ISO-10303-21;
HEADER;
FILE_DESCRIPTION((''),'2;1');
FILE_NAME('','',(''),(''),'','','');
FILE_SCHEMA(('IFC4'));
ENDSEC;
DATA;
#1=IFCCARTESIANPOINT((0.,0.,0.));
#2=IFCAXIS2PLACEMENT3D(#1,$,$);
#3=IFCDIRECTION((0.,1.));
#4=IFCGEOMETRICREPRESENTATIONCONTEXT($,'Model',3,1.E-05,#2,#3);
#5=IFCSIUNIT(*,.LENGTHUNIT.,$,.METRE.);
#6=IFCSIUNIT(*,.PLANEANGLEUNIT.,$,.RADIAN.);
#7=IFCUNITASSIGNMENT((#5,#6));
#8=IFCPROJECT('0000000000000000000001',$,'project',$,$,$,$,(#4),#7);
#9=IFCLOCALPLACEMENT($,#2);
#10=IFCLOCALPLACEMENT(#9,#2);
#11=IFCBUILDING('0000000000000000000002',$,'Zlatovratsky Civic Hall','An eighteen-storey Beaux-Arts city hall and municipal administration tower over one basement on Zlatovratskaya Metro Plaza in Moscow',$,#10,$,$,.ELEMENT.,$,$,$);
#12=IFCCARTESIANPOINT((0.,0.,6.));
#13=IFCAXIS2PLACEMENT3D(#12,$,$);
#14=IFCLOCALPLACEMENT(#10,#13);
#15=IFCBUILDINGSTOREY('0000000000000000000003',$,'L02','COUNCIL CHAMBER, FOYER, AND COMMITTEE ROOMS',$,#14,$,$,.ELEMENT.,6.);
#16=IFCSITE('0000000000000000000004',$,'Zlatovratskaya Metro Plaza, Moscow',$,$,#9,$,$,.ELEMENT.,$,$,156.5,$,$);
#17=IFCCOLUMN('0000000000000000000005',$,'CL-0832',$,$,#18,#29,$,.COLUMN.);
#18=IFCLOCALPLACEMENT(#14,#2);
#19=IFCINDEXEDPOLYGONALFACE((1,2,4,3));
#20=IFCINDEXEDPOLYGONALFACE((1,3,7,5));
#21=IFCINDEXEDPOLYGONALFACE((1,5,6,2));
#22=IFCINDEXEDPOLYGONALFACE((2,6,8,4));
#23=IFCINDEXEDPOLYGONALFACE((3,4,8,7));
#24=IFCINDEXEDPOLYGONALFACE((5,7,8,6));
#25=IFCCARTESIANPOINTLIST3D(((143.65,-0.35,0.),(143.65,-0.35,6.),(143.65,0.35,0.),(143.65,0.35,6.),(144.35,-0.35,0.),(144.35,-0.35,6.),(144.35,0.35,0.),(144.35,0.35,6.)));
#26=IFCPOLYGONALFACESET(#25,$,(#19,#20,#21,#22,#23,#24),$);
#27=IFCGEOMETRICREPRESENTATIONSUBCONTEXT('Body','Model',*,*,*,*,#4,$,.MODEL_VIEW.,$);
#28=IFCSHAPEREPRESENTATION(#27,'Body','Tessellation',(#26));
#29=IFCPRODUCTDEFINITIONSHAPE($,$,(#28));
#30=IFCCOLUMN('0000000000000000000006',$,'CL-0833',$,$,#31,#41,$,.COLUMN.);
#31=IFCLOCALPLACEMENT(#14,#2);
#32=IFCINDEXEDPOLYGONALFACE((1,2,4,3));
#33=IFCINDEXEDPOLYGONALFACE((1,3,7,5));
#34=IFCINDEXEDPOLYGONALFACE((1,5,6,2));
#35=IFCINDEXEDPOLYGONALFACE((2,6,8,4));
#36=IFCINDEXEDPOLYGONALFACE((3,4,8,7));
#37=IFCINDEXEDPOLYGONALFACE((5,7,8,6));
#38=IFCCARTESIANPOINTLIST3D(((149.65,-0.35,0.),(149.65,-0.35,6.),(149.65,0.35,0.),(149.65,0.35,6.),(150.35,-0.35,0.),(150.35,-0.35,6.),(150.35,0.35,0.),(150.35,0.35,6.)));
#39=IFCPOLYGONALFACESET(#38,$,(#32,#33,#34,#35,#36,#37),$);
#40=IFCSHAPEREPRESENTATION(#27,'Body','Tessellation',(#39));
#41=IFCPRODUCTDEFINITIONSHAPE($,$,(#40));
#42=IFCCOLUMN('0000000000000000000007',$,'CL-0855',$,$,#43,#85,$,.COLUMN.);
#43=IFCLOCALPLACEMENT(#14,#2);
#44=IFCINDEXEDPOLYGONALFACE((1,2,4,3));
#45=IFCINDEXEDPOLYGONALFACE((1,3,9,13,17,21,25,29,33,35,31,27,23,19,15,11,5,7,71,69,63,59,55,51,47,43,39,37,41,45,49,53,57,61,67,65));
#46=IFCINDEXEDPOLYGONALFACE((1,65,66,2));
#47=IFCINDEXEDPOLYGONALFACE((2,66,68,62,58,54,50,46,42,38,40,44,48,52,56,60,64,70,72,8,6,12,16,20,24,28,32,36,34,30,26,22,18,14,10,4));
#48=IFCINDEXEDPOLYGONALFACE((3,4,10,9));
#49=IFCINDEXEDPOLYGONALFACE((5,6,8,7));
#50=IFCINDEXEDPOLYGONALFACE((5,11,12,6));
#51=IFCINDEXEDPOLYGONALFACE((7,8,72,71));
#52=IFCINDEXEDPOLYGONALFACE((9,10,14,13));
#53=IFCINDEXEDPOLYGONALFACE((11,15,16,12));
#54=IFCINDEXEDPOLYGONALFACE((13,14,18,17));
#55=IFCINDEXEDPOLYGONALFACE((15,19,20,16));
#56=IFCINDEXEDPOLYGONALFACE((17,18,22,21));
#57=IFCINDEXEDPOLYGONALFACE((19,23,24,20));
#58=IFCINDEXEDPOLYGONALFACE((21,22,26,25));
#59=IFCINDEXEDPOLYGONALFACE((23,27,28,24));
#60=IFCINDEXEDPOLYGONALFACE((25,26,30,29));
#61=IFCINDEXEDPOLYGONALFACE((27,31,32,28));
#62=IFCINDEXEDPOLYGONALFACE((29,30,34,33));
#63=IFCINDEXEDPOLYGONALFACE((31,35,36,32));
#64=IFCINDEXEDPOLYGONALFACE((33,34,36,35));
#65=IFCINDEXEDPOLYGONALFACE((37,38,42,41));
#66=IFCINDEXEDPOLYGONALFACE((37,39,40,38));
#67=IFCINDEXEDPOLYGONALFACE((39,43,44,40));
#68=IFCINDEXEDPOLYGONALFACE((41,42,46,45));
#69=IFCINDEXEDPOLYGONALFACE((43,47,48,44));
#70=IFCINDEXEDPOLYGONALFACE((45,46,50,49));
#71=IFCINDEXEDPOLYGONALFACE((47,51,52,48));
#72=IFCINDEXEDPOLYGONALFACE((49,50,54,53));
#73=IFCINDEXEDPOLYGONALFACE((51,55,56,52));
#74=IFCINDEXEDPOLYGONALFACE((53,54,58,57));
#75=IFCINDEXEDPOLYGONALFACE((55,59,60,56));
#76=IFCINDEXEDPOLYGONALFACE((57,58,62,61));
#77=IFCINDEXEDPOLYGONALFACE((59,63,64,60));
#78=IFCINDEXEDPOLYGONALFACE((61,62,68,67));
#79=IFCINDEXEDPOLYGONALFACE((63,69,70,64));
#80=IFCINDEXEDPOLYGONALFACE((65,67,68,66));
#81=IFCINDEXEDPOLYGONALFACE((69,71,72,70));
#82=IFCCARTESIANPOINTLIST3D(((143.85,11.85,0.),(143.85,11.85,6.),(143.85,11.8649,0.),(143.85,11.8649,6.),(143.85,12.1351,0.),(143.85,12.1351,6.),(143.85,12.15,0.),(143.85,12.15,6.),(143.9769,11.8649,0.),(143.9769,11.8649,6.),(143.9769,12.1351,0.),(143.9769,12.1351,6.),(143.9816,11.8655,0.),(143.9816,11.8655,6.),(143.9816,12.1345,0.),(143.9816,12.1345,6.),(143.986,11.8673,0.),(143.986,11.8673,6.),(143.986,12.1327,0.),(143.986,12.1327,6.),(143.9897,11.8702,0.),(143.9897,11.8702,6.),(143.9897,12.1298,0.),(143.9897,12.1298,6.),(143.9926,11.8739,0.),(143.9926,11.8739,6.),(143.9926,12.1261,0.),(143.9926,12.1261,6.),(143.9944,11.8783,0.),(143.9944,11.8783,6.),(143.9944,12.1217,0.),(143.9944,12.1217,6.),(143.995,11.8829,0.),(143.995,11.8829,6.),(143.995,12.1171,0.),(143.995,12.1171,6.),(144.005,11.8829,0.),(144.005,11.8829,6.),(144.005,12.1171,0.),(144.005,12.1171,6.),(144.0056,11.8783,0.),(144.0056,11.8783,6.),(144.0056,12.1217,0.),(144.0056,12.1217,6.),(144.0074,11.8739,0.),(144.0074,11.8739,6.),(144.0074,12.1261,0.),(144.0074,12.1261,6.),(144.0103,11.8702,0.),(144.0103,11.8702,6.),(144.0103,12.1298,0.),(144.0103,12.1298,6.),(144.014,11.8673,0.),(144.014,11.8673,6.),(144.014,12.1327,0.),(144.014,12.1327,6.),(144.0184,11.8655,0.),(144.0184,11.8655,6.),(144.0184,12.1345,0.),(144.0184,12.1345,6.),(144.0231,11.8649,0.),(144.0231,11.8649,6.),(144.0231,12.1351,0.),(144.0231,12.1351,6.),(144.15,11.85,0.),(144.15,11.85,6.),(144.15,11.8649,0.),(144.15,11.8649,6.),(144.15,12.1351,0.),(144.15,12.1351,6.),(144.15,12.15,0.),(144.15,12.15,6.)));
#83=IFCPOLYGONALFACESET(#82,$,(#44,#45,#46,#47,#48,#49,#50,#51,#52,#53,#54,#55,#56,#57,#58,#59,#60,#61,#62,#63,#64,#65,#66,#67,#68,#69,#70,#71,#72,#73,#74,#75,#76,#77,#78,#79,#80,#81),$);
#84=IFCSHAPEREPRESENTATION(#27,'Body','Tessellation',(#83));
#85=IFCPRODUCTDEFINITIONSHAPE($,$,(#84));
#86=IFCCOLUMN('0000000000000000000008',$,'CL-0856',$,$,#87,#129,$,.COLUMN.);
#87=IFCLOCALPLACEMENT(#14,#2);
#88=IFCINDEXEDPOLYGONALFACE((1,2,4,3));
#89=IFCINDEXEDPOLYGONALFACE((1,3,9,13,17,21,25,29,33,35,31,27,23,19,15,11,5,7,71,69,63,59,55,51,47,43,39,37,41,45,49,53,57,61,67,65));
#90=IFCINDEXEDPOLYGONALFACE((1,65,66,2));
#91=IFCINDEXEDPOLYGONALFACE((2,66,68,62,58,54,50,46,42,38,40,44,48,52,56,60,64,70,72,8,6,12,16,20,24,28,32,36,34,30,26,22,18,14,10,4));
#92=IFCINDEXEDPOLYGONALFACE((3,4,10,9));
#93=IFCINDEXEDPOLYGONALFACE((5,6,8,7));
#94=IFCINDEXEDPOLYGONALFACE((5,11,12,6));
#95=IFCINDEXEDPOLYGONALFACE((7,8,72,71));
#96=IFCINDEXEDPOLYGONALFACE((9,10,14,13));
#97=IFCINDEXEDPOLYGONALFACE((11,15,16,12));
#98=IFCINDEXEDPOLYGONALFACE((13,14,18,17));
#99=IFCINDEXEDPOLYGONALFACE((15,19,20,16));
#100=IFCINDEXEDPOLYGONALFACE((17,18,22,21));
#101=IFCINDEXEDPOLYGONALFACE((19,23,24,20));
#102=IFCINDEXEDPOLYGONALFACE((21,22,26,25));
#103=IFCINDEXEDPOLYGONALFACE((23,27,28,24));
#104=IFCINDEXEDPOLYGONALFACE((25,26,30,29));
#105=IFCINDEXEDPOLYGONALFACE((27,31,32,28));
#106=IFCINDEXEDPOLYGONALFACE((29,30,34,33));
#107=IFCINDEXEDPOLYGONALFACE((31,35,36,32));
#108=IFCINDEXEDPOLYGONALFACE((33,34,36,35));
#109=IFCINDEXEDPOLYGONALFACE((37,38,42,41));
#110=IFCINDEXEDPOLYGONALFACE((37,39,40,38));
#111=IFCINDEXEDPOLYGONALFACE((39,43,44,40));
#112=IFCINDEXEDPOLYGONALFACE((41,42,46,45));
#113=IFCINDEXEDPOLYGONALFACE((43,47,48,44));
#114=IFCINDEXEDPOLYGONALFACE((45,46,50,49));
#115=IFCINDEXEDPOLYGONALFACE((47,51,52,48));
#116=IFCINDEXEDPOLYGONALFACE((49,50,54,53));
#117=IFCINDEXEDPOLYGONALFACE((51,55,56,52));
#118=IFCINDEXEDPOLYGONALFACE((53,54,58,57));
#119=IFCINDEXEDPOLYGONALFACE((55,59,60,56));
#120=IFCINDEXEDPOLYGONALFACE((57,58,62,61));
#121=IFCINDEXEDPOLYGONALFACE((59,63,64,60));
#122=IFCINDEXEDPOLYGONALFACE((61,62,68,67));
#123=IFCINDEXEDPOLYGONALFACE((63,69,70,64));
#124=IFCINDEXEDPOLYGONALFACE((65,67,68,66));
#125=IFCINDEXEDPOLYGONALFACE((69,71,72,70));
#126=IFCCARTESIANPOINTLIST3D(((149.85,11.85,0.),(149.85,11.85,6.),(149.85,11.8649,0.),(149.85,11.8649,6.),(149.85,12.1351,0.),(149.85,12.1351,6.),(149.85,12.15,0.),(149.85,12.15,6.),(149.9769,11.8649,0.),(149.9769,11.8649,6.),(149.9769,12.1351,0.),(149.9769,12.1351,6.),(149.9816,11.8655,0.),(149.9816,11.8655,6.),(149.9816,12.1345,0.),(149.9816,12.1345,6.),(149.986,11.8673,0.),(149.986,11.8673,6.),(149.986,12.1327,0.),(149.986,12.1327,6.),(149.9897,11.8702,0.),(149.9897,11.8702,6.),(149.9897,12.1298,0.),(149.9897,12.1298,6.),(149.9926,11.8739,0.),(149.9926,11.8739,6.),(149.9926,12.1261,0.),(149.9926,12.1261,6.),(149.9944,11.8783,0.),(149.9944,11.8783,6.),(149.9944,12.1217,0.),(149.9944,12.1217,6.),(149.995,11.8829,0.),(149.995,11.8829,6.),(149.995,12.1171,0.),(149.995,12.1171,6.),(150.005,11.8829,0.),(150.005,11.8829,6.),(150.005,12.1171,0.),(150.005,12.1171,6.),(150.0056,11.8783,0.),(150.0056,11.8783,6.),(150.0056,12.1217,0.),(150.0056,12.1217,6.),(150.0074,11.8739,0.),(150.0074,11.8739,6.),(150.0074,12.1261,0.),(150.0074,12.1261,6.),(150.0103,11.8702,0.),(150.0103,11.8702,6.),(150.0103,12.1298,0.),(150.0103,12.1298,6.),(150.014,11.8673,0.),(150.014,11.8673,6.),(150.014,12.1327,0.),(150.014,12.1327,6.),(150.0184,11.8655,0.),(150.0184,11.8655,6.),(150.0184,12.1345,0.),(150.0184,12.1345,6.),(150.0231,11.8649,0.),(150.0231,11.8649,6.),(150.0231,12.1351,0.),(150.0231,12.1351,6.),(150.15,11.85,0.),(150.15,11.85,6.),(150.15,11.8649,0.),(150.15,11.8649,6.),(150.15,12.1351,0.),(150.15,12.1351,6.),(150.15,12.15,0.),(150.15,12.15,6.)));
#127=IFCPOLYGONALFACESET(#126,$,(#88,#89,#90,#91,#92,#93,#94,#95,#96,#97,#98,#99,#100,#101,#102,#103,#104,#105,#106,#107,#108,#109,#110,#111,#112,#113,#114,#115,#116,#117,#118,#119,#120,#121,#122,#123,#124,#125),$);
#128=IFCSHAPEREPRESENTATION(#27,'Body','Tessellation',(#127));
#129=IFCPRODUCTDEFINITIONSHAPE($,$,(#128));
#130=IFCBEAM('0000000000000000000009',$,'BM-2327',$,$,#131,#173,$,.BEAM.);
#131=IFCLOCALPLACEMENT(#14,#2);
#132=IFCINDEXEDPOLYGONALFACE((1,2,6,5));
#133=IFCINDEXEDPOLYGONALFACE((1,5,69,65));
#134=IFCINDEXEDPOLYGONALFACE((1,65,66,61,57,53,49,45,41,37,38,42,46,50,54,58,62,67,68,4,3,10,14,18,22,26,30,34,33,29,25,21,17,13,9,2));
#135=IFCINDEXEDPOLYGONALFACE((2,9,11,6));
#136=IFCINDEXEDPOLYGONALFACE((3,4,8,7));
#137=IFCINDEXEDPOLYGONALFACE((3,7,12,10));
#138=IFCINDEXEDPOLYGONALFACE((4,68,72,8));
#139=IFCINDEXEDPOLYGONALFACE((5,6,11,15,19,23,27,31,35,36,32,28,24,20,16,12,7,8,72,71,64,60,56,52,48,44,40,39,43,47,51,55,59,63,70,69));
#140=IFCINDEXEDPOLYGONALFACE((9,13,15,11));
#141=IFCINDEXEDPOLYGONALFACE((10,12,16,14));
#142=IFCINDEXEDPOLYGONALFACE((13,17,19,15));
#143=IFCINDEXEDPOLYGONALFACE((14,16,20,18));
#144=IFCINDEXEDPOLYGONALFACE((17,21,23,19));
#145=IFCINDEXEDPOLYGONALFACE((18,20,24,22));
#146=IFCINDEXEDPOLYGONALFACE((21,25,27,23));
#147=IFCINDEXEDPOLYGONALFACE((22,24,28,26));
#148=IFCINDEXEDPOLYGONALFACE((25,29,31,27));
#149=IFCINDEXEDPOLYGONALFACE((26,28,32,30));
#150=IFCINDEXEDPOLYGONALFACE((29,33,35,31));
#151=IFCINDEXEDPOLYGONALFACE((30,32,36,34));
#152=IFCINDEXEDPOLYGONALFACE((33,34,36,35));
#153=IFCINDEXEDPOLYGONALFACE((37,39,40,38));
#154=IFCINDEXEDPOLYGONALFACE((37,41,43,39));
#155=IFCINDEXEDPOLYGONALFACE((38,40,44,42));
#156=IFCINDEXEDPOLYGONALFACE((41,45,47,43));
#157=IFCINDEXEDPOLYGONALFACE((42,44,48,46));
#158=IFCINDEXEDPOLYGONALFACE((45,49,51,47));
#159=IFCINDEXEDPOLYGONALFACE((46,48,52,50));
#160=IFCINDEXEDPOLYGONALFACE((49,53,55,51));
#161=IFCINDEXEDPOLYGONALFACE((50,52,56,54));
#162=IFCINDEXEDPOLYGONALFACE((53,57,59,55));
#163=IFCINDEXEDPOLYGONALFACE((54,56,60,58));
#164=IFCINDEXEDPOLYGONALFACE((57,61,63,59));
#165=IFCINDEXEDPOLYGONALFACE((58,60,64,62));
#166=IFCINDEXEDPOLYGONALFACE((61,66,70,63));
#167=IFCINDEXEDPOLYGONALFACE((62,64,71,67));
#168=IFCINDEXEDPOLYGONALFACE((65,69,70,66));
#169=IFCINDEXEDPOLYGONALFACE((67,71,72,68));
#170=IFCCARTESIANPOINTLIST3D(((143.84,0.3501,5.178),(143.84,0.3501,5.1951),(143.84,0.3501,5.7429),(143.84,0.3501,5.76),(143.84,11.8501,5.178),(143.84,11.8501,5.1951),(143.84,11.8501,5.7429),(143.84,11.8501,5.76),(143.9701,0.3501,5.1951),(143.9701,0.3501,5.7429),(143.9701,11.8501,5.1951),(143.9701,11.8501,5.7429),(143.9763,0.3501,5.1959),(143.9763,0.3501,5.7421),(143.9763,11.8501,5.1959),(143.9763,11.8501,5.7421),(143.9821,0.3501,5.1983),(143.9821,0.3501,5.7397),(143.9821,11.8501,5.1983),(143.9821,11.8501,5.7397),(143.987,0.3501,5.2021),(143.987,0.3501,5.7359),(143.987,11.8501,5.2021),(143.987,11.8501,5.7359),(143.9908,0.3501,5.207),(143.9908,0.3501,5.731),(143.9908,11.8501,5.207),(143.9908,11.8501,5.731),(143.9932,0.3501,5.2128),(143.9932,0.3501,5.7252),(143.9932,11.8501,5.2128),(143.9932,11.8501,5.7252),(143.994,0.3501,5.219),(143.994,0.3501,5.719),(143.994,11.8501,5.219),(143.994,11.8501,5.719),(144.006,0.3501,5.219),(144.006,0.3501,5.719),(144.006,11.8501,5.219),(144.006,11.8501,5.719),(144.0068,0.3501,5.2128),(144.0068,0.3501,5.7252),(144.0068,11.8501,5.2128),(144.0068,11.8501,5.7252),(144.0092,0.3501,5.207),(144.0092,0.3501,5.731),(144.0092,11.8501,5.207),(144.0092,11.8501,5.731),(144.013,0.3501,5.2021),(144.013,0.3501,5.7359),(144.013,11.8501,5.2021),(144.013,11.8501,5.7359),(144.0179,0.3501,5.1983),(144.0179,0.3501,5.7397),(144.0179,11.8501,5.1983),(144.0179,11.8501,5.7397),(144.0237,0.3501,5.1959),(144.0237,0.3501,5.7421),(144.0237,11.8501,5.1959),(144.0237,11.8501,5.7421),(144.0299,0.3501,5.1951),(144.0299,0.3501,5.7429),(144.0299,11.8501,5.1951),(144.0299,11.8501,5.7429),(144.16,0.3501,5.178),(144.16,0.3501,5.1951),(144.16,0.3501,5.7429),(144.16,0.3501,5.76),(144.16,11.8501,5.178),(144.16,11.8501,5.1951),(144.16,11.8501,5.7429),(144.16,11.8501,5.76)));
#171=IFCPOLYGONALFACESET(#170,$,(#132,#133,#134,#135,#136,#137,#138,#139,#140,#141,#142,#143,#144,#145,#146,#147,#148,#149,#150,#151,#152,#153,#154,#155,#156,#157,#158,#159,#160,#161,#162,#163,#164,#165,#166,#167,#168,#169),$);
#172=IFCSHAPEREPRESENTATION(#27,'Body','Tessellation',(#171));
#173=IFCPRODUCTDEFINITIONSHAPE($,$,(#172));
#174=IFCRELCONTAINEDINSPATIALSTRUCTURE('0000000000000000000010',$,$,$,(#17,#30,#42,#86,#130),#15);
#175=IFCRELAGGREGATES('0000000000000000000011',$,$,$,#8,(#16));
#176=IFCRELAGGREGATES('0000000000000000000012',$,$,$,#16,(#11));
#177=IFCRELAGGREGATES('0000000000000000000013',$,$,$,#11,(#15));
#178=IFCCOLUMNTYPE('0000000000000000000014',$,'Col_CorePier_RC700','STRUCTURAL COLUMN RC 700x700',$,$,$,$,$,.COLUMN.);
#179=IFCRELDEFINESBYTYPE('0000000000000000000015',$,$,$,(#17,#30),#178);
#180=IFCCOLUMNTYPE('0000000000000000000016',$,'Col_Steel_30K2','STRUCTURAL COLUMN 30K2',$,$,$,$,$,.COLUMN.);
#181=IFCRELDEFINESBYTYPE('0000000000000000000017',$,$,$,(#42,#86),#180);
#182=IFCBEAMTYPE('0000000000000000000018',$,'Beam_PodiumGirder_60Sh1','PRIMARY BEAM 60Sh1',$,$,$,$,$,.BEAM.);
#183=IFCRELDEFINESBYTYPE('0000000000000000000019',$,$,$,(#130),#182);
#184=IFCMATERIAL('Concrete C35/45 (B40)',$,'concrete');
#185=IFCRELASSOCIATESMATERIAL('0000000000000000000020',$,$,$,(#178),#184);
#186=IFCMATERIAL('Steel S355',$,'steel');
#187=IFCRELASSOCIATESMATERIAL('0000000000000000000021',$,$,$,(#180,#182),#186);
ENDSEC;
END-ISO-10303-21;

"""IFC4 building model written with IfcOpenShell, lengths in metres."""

from ifc_helpers import new_model, si_unit, direction, frame, origin, origin_2d, place, context, subcontext, project, spatial, rectangle, i_section, extrude, material, material_profile, profile_set, type_object, element, save


model = new_model("IFC4")

# Units and contexts
model_context = context("Model", 3, precision=1e-05, world=origin(), true_north=direction((0.0, 1.0)))
body_context = subcontext(model_context, "Body", "Model", "MODEL_VIEW")
ifc_project = project(units=[si_unit("LENGTHUNIT", "METRE"), si_unit("PLANEANGLEUNIT", "RADIAN")], contexts=[model_context])

# Site, building, storey
site_placement = place(None, origin())
site = spatial("IfcSite", under=ifc_project, at=site_placement, Name="Zlatovratskaya Metro Plaza, Moscow", CompositionType="ELEMENT", RefElevation=156.5)
building_placement = place(site_placement, origin())
building = spatial("IfcBuilding", under=site, at=building_placement, Name="Zlatovratsky Civic Hall", Description="An eighteen-storey Beaux-Arts city hall and municipal administration tower over one basement on Zlatovratskaya Metro Plaza in Moscow", CompositionType="ELEMENT")
storey_placement = place(building_placement, frame((0.0, 0.0, 6.0)))
storey = spatial("IfcBuildingStorey", under=building, at=storey_placement, Name="L02", Description="COUNCIL CHAMBER, FOYER, AND COMMITTEE ROOMS", CompositionType="ELEMENT", Elevation=6.0)

# Columns
ifc_material_1 = material(Name="Concrete C35/45 (B40)", Category="concrete")
ifc_material_profile_1 = material_profile(ifc_material_1, rectangle(XDim=0.7, YDim=0.7, at=origin_2d()), Name="RC 700x700")
ifc_profile_set_1 = profile_set([ifc_material_profile_1], Name="Concrete C35/45 (B40)")
column_type_1 = type_object("IfcColumnType", Name="Col_CorePier_RC700", Description="STRUCTURAL COLUMN RC 700x700", PredefinedType="COLUMN", material=ifc_profile_set_1)
for number, where, z_axis, x_axis, name in (
    (1, (144.0, 0.0, 0.0), (0.0, 0.0, 1.0), (1.0, 0.0, 0.0), "CL-0832"),
    (2, (150.0, 0.0, 0.0), (0.0, 0.0, 1.0), (1.0, 0.0, 0.0), "CL-0833"),
):
    element("IfcColumn", number, at=place(storey_placement, frame(where, z_axis=z_axis, x_axis=x_axis)), inside=storey, type_object=column_type_1, Name=name, PredefinedType="COLUMN", context=body_context, shape_type="SweptSolid", body=[
        extrude(rectangle(XDim=0.7, YDim=0.7, at=origin_2d()), origin(), (0.0, 0.0, 1.0), 6.0),
    ])
ifc_material_2 = material(Name="Steel S355", Category="steel")
ifc_material_profile_2 = material_profile(ifc_material_2, i_section(OverallWidth=0.3, OverallDepth=0.3, WebThickness=0.01, FlangeThickness=0.0149, FilletRadius=0.0181, at=origin_2d()), Name="30K2")
ifc_profile_set_2 = profile_set([ifc_material_profile_2], Name="Steel S355")
column_type_2 = type_object("IfcColumnType", Name="Col_Steel_30K2", Description="STRUCTURAL COLUMN 30K2", PredefinedType="COLUMN", material=ifc_profile_set_2)
for number, where, z_axis, x_axis, name in (
    (3, (144.0, 12.0, 0.0), (0.0, 0.0, 1.0), (1.0, 0.0, 0.0), "CL-0855"),
    (4, (150.0, 12.0, 0.0), (0.0, 0.0, 1.0), (1.0, 0.0, 0.0), "CL-0856"),
):
    element("IfcColumn", number, at=place(storey_placement, frame(where, z_axis=z_axis, x_axis=x_axis)), inside=storey, type_object=column_type_2, Name=name, PredefinedType="COLUMN", context=body_context, shape_type="SweptSolid", body=[
        extrude(i_section(OverallWidth=0.3, OverallDepth=0.3, WebThickness=0.01, FlangeThickness=0.0149, FilletRadius=0.0181, at=origin_2d()), origin(), (0.0, 0.0, 1.0), 6.0),
    ])

# Beam
ifc_material_profile_3 = material_profile(ifc_material_2, i_section(OverallWidth=0.3201, OverallDepth=0.582, WebThickness=0.012, FlangeThickness=0.0171, FilletRadius=0.0239, at=origin_2d()), Name="60Sh1")
ifc_profile_set_3 = profile_set([ifc_material_profile_3], Name="Steel S355")
beam_type_1 = type_object("IfcBeamType", Name="Beam_PodiumGirder_60Sh1", Description="PRIMARY BEAM 60Sh1", PredefinedType="BEAM", material=ifc_profile_set_3)
for number, where, z_axis, x_axis, name in (
    (5, (144.0, 0.3501, 5.469), (0.0, 1.0, 0.0), (-1.0, 0.0, 0.0), "BM-2327"),
):
    element("IfcBeam", number, at=place(storey_placement, frame(where, z_axis=z_axis, x_axis=x_axis)), inside=storey, type_object=beam_type_1, Name=name, PredefinedType="BEAM", context=body_context, shape_type="SweptSolid", body=[
        extrude(i_section(OverallWidth=0.3201, OverallDepth=0.582, WebThickness=0.012, FlangeThickness=0.0171, FilletRadius=0.0239, at=origin_2d()), origin(), (0.0, 0.0, 1.0), 11.5),
    ])

save(model, "model.ifc")
